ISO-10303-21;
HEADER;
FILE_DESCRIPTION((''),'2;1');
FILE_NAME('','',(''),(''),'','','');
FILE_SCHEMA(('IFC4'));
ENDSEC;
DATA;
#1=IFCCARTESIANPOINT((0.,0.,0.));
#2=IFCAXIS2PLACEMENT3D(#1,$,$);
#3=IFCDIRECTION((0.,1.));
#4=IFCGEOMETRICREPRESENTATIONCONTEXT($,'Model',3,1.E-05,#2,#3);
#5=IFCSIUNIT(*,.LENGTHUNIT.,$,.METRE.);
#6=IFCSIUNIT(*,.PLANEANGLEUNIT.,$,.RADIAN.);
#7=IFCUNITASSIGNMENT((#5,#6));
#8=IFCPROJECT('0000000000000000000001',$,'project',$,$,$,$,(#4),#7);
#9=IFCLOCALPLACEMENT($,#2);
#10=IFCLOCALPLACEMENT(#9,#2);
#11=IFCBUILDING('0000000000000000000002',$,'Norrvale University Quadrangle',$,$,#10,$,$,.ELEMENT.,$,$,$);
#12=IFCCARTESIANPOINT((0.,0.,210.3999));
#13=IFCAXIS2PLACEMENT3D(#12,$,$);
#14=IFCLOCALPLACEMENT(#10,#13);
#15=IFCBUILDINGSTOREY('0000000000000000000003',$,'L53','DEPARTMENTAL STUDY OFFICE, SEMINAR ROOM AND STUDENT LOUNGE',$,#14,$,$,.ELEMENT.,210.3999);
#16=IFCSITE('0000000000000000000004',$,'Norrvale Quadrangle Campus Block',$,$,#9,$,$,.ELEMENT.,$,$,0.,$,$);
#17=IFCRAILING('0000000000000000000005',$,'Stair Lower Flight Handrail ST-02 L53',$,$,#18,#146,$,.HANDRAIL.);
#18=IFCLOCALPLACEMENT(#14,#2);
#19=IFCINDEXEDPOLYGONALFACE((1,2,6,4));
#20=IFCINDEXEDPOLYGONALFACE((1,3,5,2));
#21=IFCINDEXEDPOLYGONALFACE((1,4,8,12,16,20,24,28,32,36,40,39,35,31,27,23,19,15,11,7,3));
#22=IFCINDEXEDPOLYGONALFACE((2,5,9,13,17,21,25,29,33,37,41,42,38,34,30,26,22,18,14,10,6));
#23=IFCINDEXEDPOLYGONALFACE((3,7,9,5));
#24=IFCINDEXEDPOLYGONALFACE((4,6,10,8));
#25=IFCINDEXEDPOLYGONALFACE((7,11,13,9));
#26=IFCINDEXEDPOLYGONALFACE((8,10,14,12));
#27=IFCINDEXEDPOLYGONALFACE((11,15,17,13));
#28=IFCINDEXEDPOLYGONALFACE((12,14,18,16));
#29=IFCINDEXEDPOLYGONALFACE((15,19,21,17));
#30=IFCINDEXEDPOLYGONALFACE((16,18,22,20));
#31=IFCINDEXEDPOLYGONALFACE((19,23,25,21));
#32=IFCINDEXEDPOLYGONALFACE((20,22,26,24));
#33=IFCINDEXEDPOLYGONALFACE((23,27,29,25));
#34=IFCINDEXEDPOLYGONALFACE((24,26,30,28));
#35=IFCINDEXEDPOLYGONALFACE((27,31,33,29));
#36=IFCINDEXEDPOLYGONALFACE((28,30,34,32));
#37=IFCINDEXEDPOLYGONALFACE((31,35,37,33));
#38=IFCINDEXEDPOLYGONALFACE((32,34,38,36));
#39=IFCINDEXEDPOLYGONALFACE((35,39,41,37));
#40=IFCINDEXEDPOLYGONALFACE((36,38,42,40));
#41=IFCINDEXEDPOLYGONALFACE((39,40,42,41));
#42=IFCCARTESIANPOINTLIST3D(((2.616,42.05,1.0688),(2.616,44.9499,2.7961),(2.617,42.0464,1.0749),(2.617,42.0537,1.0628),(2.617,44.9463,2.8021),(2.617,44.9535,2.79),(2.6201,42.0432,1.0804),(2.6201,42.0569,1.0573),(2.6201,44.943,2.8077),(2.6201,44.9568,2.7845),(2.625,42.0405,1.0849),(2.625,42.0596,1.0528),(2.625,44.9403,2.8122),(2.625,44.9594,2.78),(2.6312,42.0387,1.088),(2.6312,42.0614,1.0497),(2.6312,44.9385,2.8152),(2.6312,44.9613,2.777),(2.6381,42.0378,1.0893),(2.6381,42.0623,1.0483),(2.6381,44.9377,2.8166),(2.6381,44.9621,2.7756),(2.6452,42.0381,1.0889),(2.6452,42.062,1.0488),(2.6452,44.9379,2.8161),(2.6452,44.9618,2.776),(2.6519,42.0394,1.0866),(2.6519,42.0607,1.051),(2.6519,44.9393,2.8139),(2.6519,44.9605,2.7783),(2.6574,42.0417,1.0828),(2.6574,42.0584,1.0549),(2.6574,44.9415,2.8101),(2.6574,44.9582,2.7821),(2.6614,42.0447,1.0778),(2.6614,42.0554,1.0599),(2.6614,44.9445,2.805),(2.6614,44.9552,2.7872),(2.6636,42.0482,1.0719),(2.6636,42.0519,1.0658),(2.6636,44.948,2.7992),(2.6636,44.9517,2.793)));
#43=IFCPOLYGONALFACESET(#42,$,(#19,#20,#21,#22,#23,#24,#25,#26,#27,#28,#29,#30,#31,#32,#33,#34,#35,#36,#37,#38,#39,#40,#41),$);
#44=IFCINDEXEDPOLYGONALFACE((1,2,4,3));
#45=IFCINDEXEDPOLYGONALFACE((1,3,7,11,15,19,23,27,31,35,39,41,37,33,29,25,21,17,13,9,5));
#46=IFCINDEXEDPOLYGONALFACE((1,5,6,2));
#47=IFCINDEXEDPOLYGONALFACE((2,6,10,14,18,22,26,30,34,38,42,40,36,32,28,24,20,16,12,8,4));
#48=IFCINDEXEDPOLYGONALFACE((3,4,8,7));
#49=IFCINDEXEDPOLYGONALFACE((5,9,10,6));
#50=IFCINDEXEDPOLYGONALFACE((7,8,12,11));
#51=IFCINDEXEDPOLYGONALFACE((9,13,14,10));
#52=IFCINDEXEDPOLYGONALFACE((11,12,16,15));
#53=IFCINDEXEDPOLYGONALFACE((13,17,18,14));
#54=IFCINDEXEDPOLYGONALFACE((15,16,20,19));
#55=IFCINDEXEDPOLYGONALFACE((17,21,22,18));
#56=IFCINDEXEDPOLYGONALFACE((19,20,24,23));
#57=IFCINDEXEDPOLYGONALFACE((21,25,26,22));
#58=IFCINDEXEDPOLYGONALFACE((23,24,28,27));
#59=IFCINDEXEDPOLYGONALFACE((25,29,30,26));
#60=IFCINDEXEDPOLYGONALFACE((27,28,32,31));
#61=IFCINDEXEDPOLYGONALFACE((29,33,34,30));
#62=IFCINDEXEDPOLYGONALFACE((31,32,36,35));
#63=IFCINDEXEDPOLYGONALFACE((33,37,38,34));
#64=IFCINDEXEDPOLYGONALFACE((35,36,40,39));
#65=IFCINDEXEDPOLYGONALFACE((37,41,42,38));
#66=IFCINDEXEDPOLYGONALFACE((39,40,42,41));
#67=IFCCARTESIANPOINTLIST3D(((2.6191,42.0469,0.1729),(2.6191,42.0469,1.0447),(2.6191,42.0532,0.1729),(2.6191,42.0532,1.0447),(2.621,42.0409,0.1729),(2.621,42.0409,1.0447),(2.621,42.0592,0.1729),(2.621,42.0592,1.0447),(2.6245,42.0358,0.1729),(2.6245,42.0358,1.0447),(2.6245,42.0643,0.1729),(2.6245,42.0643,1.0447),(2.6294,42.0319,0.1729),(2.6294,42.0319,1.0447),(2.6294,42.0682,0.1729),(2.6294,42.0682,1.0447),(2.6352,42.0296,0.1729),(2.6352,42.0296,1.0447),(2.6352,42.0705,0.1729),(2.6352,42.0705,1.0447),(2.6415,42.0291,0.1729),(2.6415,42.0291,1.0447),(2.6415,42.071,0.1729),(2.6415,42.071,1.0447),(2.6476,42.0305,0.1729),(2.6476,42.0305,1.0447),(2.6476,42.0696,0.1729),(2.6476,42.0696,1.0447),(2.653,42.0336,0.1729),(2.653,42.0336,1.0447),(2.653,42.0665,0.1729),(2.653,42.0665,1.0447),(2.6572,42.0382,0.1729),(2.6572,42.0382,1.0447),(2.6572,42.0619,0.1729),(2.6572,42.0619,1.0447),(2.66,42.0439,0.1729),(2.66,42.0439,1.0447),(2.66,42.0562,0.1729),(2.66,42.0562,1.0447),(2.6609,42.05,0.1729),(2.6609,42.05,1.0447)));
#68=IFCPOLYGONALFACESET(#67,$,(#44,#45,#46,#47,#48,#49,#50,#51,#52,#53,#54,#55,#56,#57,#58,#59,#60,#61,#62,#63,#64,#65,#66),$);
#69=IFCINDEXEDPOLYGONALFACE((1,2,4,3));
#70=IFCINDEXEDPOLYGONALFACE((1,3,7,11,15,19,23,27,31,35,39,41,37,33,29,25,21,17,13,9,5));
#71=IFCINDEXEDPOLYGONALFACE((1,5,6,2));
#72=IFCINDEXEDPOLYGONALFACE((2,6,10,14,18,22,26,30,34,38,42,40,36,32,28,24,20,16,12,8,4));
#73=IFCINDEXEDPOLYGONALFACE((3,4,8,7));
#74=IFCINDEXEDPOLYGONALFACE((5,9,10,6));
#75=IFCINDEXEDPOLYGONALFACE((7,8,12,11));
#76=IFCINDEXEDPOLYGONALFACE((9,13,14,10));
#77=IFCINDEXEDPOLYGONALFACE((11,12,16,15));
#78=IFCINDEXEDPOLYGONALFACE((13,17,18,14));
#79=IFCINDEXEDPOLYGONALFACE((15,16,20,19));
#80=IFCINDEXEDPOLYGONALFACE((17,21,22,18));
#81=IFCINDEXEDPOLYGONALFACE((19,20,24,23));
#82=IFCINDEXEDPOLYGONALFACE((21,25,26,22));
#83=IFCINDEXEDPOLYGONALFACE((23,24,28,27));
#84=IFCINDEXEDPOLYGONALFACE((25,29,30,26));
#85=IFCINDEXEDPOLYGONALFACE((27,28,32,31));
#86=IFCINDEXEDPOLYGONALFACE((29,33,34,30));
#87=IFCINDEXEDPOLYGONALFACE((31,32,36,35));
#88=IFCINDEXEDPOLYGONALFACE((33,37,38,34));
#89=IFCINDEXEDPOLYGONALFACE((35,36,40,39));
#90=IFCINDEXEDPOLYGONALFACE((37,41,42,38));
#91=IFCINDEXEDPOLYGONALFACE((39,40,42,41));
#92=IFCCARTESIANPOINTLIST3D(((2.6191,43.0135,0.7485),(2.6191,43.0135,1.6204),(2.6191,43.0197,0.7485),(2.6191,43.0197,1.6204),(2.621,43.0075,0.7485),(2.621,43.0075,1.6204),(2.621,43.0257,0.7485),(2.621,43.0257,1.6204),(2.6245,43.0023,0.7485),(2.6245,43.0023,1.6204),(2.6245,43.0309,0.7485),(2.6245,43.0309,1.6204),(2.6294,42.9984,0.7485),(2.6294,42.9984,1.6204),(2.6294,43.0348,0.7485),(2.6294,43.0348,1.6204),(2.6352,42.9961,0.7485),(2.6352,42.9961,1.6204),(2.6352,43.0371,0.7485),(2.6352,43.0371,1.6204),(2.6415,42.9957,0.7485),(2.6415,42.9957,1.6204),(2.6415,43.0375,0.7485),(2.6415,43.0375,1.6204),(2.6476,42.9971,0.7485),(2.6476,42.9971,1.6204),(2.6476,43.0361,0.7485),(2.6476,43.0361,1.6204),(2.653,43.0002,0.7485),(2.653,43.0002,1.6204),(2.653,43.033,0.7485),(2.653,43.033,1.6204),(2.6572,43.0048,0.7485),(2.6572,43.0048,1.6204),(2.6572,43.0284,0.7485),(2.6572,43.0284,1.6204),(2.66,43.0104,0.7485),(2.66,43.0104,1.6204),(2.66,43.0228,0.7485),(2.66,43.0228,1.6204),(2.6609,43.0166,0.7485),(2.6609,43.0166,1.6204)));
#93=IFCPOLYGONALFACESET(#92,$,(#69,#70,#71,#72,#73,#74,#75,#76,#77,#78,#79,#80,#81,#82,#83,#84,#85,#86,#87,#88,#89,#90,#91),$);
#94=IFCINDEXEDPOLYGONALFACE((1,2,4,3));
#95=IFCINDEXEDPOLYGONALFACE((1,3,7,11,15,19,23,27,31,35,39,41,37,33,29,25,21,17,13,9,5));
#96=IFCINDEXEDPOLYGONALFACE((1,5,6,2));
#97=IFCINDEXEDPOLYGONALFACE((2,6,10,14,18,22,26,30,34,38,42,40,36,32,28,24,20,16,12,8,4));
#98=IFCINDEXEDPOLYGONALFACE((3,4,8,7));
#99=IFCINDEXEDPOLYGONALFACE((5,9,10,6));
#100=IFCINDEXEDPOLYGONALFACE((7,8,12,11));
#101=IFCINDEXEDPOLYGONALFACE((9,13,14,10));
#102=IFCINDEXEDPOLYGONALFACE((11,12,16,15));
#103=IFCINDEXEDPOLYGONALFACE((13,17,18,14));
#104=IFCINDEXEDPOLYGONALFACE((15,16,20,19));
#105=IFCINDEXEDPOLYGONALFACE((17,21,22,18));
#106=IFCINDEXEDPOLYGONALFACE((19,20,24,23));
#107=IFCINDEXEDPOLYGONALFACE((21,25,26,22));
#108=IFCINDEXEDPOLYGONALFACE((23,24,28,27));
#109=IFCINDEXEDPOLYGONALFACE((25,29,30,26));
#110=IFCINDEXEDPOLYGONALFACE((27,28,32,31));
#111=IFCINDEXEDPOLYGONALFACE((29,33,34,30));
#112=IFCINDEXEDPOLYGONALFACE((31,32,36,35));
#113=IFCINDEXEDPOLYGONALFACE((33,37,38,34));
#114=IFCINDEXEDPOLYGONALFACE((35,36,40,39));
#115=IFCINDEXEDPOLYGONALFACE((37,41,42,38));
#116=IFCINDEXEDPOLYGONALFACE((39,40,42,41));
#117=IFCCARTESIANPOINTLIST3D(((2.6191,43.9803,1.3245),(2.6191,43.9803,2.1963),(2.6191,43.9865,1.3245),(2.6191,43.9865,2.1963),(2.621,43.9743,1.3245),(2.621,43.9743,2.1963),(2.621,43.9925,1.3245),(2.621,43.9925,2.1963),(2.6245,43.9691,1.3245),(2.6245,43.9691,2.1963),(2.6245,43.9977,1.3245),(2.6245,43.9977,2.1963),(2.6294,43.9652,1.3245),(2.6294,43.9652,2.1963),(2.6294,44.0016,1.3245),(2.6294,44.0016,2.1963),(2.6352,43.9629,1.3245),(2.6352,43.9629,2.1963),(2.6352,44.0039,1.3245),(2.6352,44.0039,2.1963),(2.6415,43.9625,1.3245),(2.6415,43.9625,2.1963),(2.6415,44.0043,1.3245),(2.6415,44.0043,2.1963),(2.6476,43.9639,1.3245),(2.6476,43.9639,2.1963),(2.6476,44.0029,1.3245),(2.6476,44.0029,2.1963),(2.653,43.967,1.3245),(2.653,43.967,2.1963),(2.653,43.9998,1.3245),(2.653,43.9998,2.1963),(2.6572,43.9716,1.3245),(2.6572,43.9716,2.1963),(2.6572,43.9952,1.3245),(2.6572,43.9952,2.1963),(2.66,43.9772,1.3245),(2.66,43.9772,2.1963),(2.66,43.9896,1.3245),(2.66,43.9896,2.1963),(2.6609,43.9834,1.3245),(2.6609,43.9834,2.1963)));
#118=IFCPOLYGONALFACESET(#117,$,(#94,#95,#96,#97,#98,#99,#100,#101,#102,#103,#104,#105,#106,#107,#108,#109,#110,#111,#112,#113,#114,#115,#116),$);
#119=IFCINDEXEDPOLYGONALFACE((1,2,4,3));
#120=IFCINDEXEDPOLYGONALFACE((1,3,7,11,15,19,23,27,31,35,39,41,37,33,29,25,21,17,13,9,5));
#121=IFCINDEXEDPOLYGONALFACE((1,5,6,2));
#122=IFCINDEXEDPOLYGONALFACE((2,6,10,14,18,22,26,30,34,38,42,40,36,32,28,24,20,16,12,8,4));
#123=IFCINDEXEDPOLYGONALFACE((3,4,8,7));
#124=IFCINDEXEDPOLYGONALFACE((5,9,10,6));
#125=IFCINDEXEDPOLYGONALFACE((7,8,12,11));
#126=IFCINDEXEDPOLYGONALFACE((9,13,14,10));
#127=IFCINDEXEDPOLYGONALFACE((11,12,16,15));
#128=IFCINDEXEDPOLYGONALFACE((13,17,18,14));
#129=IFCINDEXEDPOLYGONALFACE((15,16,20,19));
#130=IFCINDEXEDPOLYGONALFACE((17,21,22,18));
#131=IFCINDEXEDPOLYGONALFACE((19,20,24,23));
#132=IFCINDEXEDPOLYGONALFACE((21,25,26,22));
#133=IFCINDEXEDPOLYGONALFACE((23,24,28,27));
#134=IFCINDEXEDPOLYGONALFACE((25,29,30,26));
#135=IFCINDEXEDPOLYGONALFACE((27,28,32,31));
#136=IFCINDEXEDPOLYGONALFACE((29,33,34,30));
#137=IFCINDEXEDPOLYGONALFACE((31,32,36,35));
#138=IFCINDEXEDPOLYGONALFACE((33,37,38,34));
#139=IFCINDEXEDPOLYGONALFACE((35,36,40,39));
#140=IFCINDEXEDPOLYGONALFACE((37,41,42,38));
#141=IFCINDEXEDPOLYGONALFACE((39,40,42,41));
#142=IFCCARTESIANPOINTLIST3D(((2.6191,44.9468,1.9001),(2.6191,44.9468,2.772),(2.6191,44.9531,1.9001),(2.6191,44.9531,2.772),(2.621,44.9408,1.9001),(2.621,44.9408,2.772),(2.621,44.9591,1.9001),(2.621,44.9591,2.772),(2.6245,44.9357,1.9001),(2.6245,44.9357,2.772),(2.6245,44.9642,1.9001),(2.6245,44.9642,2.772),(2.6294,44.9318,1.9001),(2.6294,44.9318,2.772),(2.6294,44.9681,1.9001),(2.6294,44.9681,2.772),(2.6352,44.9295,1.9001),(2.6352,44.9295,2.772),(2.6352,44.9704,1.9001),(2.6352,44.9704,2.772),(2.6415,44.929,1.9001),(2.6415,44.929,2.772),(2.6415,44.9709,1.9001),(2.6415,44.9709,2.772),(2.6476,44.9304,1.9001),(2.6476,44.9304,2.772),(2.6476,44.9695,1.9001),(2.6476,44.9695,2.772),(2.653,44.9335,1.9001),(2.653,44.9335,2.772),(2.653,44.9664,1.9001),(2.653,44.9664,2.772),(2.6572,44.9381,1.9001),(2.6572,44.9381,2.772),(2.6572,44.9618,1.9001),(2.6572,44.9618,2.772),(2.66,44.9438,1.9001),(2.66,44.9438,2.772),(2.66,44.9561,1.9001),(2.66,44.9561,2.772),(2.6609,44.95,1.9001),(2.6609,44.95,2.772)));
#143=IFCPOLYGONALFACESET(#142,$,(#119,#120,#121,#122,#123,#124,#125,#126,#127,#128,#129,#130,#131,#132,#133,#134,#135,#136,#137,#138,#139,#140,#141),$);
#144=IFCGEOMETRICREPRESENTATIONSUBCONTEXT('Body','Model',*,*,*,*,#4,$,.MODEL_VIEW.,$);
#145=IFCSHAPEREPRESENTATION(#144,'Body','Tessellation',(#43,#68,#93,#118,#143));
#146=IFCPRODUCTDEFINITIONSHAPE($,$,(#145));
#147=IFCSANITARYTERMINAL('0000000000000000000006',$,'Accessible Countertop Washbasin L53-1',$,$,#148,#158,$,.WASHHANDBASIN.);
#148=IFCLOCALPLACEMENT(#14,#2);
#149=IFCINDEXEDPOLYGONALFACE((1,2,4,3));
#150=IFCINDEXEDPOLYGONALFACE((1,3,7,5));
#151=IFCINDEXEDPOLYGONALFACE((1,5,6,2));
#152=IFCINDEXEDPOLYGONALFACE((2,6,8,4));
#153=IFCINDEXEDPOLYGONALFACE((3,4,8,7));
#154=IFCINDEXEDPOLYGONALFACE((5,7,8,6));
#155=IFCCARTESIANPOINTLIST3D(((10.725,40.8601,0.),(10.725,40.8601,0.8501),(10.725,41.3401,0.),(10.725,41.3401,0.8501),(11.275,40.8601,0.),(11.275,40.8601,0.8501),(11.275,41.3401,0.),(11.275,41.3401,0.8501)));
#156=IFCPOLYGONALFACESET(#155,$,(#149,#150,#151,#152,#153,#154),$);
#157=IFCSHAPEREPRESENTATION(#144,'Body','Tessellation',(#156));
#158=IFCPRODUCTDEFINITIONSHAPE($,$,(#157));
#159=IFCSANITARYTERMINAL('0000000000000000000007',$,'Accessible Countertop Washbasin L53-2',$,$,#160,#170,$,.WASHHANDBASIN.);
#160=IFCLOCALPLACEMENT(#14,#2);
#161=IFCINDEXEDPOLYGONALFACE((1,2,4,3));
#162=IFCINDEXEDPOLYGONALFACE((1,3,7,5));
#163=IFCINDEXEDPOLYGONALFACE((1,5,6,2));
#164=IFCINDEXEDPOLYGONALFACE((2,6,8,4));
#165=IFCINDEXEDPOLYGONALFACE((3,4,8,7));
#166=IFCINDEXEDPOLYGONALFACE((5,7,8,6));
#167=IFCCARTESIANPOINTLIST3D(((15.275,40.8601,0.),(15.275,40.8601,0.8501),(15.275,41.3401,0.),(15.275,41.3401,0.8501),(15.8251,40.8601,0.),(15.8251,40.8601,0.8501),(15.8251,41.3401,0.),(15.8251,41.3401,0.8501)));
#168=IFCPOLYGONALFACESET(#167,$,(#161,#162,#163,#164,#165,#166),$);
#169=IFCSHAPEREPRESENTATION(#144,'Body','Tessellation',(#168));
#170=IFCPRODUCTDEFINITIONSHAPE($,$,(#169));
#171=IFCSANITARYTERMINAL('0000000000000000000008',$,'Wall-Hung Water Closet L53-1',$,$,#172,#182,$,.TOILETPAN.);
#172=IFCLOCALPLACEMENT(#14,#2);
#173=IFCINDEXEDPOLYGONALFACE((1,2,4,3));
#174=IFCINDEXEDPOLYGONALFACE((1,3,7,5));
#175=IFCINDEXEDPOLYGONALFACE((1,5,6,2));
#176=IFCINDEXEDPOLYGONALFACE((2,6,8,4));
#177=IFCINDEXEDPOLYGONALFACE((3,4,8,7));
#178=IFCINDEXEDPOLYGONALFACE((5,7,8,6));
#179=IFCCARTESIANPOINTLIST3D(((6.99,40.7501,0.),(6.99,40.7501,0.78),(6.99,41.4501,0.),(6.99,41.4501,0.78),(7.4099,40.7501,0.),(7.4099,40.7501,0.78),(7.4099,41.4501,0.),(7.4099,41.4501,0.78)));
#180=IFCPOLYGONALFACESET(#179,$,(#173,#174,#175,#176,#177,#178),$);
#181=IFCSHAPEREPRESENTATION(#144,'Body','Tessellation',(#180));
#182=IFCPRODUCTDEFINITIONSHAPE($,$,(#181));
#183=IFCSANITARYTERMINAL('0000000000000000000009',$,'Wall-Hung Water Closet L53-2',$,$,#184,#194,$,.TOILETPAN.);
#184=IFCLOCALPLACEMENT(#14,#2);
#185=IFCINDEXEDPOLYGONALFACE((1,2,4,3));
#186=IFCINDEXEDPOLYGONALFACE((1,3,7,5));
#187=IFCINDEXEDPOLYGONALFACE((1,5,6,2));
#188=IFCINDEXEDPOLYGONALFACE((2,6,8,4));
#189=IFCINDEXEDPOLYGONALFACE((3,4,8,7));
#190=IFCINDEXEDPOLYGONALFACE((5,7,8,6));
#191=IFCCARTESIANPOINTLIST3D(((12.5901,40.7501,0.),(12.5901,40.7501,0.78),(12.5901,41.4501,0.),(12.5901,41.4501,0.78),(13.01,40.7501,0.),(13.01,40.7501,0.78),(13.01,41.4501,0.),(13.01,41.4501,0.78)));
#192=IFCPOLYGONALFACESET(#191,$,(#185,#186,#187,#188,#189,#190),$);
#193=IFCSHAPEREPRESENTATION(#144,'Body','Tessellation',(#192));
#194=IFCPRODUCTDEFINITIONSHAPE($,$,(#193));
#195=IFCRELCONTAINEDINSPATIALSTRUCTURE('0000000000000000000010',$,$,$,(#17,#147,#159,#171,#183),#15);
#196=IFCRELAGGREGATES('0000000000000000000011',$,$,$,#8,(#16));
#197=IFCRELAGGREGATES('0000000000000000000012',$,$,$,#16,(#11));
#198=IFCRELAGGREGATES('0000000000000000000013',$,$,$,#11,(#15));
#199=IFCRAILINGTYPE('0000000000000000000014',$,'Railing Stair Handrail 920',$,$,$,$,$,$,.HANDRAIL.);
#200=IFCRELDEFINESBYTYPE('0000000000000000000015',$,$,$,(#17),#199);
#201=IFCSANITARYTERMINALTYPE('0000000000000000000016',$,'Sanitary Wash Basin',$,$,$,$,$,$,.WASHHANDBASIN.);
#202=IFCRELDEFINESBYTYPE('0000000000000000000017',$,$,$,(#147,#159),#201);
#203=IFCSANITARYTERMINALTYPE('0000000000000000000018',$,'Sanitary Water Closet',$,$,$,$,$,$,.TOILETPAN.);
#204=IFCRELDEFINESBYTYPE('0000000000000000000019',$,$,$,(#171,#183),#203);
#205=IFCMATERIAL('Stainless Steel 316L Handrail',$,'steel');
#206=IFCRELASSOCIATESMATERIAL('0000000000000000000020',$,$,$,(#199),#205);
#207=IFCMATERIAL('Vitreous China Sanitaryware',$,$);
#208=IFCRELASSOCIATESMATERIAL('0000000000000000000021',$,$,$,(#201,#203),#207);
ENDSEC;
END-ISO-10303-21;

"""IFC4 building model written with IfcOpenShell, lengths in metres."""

from ifc_helpers import new_model, si_unit, direction, frame, origin, origin_2d, place, context, subcontext, project, spatial, rectangle, circle, extrude, material, type_object, element, save


model = new_model("IFC4")

# Units and contexts
model_context = context("Model", 3, precision=1e-05, world=origin(), true_north=direction((0.0, 1.0)))
body_context = subcontext(model_context, "Body", "Model", "MODEL_VIEW")
ifc_project = project(units=[si_unit("LENGTHUNIT", "METRE"), si_unit("PLANEANGLEUNIT", "RADIAN")], contexts=[model_context])

# Site, building, storey
site_placement = place(None, origin())
site = spatial("IfcSite", under=ifc_project, at=site_placement, Name="Norrvale Quadrangle Campus Block", CompositionType="ELEMENT", RefElevation=0.0)
building_placement = place(site_placement, origin())
building = spatial("IfcBuilding", under=site, at=building_placement, Name="Norrvale University Quadrangle", CompositionType="ELEMENT")
storey_placement = place(building_placement, frame((0.0, 0.0, 210.3999)))
storey = spatial("IfcBuildingStorey", under=building, at=storey_placement, Name="L53", Description="DEPARTMENTAL STUDY OFFICE, SEMINAR ROOM AND STUDENT LOUNGE", CompositionType="ELEMENT", Elevation=210.3999)

# Railing
ifc_material_1 = material(Name="Stainless Steel 316L Handrail", Category="steel")
railing_type_1 = type_object("IfcRailingType", Name="Railing Stair Handrail 920", PredefinedType="HANDRAIL", material=ifc_material_1)
railing_1_placement = place(storey_placement, frame((2.6399, 42.05, 0.1729)))
element("IfcRailing", 1, at=railing_1_placement, inside=storey, type_object=railing_type_1, Name="Stair Lower Flight Handrail ST-02 L53", PredefinedType="HANDRAIL", context=body_context, shape_type="SweptSolid", body=[
    extrude(circle(Radius=0.0239, at=origin_2d()), frame((0.0, 0.0, 0.896), z_axis=(0.0, 0.859141, 0.511738), x_axis=(-1.0, 0.0, 0.0)), (0.0, 0.0, 1.0), 3.3752),
    extrude(circle(Radius=0.021, at=origin_2d()), origin(), (0.0, 0.0, 1.0), 0.8718),
    extrude(circle(Radius=0.021, at=origin_2d()), frame((0.0, 0.9666, 0.5757)), (0.0, 0.0, 1.0), 0.8718),
    extrude(circle(Radius=0.021, at=origin_2d()), frame((0.0, 1.9333, 1.1516)), (0.0, 0.0, 1.0), 0.8718),
    extrude(circle(Radius=0.021, at=origin_2d()), frame((0.0, 2.8999, 1.7273)), (0.0, 0.0, 1.0), 0.8718),
])

# Sanitary terminals
ifc_material_2 = material(Name="Vitreous China Sanitaryware")
sanitary_terminal_type_1 = type_object("IfcSanitaryTerminalType", Name="Sanitary Wash Basin", PredefinedType="WASHHANDBASIN", material=ifc_material_2)
for number, where, z_axis, x_axis, name in (
    (2, (11.0, 41.1001, 0.0), (0.0, 0.0, 1.0), (1.0, 0.0, 0.0), "Accessible Countertop Washbasin L53-1"),
    (3, (15.55, 41.1001, 0.0), (0.0, 0.0, 1.0), (1.0, 0.0, 0.0), "Accessible Countertop Washbasin L53-2"),
):
    element("IfcSanitaryTerminal", number, at=place(storey_placement, frame(where, z_axis=z_axis, x_axis=x_axis)), inside=storey, type_object=sanitary_terminal_type_1, Name=name, PredefinedType="WASHHANDBASIN", context=body_context, shape_type="SweptSolid", body=[
        extrude(rectangle(XDim=0.55, YDim=0.48, at=origin_2d()), origin(), (0.0, 0.0, 1.0), 0.8501),
    ])
sanitary_terminal_type_2 = type_object("IfcSanitaryTerminalType", Name="Sanitary Water Closet", PredefinedType="TOILETPAN", material=ifc_material_2)
for number, where, z_axis, x_axis, name in (
    (4, (7.2, 41.1001, 0.0), (0.0, 0.0, 1.0), (1.0, 0.0, 0.0), "Wall-Hung Water Closet L53-1"),
    (5, (12.8, 41.1001, 0.0), (0.0, 0.0, 1.0), (1.0, 0.0, 0.0), "Wall-Hung Water Closet L53-2"),
):
    element("IfcSanitaryTerminal", number, at=place(storey_placement, frame(where, z_axis=z_axis, x_axis=x_axis)), inside=storey, type_object=sanitary_terminal_type_2, Name=name, PredefinedType="TOILETPAN", context=body_context, shape_type="SweptSolid", body=[
        extrude(rectangle(XDim=0.4199, YDim=0.7, at=origin_2d()), origin(), (0.0, 0.0, 1.0), 0.78),
    ])

save(model, "model.ifc")
